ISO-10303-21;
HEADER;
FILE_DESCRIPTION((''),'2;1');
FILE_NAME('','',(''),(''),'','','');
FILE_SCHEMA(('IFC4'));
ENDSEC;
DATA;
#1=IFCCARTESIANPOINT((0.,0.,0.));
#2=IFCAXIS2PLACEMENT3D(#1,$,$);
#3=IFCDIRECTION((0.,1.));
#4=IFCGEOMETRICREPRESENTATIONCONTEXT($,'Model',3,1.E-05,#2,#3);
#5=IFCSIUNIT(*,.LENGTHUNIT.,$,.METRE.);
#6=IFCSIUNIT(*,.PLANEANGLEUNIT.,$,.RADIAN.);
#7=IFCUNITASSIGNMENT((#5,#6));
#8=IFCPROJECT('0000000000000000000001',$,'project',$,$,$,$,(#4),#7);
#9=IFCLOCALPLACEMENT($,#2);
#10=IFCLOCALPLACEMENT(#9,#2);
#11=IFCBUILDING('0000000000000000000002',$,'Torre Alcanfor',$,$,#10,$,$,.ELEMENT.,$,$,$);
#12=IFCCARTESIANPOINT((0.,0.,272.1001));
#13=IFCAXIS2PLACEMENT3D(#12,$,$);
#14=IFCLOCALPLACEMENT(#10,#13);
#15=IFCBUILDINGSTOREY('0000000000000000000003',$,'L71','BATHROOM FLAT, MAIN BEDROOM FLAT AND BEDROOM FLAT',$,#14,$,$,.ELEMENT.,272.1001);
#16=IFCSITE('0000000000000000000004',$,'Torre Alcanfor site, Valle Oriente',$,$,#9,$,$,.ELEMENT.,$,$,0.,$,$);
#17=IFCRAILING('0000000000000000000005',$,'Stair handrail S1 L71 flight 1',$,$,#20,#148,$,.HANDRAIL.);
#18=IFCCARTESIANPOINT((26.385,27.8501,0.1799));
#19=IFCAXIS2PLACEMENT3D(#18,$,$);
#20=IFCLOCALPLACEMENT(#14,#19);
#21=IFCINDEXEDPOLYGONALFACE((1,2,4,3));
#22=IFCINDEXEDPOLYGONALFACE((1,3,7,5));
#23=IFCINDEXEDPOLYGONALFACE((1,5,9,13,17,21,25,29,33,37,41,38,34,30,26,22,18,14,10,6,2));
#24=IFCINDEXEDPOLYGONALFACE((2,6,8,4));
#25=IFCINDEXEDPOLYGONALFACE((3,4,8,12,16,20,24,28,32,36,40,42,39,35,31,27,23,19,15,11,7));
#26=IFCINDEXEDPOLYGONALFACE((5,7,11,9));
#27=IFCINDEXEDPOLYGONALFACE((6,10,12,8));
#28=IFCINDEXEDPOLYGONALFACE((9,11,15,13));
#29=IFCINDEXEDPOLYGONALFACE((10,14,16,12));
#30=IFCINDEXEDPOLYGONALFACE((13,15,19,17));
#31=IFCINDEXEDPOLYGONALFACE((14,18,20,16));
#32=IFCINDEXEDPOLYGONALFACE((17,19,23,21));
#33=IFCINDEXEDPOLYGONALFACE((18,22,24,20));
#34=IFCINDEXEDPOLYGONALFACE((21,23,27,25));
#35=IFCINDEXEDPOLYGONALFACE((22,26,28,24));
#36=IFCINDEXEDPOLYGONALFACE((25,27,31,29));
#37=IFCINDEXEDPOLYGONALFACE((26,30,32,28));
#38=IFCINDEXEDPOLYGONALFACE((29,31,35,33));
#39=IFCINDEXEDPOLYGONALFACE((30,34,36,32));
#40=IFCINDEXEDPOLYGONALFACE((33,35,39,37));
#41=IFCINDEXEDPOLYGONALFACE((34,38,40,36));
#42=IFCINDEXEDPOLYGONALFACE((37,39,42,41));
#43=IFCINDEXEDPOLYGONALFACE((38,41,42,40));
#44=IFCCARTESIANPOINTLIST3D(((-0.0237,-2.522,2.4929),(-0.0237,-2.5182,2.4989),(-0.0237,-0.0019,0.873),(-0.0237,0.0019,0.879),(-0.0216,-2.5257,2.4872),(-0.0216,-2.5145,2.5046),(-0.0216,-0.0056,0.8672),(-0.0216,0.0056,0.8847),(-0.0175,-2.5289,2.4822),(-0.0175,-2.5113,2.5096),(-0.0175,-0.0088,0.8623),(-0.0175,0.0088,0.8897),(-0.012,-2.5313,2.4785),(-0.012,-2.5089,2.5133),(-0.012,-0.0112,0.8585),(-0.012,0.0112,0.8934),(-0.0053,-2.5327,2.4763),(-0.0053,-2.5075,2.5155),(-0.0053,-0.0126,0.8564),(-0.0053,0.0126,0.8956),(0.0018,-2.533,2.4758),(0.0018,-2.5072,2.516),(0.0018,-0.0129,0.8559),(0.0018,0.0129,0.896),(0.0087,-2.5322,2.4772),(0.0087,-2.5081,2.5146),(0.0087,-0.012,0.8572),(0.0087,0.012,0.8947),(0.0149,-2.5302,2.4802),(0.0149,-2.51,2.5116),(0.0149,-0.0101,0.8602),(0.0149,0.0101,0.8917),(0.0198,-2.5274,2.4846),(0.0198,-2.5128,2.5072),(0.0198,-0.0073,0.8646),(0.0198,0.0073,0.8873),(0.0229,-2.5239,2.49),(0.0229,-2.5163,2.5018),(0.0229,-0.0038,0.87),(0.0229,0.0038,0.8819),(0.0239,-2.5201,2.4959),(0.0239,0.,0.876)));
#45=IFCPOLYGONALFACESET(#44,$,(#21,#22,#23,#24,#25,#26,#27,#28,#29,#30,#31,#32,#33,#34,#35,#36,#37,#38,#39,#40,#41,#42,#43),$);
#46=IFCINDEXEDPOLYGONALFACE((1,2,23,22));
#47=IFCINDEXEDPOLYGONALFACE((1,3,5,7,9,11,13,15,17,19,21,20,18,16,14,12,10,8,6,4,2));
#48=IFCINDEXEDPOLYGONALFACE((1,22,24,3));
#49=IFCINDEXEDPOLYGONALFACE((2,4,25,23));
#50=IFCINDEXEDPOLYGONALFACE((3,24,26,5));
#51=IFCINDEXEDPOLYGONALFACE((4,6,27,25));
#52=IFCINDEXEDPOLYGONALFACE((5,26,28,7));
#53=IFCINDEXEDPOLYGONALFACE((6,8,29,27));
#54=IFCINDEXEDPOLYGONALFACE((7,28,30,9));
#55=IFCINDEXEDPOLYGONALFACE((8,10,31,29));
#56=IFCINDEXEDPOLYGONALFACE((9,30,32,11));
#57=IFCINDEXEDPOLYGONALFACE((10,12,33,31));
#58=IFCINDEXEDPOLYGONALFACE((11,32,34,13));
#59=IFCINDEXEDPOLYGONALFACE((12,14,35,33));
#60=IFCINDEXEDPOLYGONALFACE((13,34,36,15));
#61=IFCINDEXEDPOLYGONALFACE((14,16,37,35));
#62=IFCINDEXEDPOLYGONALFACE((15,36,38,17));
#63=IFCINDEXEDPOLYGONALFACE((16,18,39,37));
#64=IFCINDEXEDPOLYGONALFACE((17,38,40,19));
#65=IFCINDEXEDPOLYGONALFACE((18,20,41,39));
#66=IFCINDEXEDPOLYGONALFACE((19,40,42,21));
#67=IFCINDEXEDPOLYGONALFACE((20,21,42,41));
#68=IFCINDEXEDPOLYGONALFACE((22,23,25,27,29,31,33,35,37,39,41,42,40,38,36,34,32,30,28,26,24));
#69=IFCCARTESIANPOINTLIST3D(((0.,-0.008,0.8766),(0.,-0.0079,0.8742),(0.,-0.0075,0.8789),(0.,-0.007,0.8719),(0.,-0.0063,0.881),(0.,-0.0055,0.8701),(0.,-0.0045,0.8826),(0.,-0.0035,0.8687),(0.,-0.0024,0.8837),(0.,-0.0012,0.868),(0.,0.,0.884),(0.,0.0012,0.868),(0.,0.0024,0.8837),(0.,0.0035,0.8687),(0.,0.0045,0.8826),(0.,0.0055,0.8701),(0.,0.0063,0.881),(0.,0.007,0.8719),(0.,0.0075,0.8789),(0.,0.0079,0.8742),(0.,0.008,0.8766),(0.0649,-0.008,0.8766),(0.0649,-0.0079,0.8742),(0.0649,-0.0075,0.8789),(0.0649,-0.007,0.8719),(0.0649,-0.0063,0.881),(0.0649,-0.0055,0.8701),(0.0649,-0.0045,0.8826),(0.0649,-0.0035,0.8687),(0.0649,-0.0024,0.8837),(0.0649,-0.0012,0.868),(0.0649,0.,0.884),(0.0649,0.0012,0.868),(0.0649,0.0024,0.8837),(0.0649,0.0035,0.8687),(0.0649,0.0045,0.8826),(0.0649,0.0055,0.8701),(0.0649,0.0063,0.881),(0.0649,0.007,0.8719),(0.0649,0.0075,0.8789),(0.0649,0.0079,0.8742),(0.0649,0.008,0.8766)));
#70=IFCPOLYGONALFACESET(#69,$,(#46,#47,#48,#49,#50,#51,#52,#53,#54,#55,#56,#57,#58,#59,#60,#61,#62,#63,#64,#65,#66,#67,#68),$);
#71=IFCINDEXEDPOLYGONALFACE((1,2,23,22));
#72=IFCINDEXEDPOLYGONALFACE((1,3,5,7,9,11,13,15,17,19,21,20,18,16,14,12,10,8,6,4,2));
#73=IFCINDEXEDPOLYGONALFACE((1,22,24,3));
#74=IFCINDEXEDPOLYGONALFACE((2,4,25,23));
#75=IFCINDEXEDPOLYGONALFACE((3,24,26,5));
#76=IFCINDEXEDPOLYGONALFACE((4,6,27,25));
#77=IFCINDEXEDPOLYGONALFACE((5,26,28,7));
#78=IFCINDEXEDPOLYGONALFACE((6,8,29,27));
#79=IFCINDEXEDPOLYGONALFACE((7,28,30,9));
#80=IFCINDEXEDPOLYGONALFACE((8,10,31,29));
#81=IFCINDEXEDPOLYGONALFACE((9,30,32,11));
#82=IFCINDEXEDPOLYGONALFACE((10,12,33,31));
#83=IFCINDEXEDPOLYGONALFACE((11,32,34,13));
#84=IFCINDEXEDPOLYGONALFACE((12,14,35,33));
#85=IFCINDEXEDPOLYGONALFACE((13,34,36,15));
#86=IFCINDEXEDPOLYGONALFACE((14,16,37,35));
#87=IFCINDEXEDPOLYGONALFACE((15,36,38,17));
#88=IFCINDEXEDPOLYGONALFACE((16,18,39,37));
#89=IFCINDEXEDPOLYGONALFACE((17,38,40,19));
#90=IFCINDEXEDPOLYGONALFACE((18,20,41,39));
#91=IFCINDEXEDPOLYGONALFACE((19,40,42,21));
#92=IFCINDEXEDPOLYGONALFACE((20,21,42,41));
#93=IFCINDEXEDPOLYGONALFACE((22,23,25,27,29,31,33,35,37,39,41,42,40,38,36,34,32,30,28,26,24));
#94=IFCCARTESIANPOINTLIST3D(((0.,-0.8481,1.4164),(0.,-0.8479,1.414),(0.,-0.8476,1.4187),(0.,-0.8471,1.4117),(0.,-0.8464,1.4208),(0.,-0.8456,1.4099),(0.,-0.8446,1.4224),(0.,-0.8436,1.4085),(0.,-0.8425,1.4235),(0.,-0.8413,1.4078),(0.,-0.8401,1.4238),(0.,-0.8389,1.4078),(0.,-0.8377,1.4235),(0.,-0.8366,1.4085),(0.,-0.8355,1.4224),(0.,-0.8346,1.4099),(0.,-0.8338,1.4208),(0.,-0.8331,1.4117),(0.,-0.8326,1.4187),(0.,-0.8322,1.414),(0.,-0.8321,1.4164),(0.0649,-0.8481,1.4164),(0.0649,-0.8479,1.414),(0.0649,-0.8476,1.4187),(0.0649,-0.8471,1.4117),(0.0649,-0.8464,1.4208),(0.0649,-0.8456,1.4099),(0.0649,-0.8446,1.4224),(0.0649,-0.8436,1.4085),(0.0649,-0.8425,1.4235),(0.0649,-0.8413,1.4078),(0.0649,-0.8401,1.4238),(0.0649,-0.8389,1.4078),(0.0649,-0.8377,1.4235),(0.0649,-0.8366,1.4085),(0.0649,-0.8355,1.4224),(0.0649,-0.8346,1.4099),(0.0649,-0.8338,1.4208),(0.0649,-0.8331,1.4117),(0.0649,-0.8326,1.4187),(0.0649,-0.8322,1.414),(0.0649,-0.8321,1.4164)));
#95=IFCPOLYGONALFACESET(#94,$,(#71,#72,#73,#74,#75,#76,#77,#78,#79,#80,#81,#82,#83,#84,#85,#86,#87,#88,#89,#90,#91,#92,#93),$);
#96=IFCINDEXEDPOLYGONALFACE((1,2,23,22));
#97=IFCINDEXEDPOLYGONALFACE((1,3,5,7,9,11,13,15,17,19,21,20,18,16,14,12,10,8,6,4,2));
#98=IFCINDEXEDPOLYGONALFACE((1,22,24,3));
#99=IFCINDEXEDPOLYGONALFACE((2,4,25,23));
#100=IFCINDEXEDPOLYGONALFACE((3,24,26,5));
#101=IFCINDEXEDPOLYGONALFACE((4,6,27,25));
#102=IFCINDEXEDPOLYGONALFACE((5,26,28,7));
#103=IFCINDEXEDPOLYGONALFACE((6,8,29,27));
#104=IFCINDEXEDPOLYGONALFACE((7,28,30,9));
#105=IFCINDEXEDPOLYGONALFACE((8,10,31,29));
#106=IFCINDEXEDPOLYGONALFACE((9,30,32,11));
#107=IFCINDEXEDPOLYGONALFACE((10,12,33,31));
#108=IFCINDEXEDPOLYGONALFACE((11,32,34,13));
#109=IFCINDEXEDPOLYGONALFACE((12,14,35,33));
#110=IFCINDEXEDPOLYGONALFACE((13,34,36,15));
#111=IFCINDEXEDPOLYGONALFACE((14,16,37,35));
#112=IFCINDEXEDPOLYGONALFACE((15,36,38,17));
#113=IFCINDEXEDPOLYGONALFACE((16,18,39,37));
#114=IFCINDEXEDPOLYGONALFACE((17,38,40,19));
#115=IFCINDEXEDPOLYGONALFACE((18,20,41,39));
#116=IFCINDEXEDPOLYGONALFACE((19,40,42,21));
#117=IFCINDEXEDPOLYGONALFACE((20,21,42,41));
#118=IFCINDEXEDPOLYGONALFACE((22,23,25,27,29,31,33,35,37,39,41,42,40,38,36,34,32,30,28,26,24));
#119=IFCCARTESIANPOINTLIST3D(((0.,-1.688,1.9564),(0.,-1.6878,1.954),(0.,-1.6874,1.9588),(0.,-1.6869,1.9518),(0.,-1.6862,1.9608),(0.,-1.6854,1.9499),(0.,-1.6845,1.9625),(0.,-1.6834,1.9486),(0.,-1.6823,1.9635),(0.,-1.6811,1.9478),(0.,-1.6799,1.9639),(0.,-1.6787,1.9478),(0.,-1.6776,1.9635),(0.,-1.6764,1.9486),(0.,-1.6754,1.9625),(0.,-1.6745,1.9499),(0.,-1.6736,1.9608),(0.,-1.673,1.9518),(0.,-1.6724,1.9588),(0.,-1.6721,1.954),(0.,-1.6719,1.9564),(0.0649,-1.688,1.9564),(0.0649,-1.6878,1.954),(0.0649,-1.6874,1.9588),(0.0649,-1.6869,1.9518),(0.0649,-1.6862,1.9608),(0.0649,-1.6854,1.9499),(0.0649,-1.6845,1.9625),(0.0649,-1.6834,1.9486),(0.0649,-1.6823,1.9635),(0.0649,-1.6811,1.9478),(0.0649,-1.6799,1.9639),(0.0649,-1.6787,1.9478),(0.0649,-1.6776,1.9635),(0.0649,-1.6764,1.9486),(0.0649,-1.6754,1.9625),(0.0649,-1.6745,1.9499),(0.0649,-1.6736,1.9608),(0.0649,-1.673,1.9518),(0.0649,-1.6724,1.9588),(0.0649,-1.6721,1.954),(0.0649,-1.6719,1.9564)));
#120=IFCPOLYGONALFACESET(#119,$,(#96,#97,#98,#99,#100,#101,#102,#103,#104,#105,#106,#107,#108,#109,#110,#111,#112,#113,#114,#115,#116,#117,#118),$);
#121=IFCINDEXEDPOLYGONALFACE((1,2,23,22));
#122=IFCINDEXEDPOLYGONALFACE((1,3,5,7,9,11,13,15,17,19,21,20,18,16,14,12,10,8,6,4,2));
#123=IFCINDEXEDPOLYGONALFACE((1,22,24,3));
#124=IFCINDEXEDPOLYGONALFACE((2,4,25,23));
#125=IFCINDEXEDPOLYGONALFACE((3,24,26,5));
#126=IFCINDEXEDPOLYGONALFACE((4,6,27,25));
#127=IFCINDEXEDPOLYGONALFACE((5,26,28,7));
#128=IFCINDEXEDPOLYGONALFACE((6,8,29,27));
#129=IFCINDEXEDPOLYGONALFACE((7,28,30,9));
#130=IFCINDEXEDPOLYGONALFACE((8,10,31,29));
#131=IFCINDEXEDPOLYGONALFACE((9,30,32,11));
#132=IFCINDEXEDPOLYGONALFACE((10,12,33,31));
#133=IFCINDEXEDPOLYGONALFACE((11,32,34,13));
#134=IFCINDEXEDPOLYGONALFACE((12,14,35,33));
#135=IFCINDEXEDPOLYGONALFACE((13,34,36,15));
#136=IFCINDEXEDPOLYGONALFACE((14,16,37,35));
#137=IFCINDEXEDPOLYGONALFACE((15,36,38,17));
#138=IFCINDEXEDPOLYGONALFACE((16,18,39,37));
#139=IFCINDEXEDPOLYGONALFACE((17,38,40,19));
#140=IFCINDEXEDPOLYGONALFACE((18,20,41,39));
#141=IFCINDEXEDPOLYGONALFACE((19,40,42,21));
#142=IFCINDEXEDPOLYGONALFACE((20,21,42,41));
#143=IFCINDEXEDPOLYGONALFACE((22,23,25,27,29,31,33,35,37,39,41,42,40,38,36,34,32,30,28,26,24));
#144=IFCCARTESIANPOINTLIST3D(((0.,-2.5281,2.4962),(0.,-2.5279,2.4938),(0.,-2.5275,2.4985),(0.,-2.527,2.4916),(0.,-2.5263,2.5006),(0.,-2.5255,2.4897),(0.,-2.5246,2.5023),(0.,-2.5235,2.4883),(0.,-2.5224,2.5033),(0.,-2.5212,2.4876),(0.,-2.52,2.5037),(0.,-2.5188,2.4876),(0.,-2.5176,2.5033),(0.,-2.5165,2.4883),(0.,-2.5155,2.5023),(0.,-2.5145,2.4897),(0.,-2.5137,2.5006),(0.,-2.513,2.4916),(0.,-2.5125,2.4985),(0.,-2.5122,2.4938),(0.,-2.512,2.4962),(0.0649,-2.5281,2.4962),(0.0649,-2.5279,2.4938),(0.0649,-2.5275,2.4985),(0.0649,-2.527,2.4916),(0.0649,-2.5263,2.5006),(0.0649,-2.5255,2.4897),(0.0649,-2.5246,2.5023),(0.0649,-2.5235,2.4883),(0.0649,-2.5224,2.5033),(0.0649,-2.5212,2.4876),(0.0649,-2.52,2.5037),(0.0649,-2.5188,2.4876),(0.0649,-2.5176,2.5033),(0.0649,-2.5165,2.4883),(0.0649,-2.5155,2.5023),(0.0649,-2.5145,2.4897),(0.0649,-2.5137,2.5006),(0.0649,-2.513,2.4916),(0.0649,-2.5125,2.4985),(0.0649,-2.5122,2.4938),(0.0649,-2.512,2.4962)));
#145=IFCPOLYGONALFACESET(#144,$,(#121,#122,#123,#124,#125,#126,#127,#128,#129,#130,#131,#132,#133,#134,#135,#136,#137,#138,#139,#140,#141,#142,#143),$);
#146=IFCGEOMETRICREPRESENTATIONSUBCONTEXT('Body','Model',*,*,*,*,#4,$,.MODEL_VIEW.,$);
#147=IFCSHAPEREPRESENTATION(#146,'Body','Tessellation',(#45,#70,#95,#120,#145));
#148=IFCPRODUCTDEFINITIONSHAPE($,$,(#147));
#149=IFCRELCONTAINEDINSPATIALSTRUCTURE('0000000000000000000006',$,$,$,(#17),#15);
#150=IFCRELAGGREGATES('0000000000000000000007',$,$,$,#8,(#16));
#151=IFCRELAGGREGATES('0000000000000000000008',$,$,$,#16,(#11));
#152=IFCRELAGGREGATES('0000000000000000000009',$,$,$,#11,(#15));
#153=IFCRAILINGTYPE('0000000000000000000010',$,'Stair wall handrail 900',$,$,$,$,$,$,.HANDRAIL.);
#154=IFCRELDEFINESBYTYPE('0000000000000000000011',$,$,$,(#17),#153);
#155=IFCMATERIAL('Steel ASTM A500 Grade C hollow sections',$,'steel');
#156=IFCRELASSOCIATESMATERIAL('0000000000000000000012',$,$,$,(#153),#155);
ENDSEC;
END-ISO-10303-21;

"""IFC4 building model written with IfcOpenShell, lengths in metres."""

from ifc_helpers import new_model, si_unit, direction, frame, origin, origin_2d, place, context, subcontext, project, spatial, circle, extrude, material, type_object, element, save


model = new_model("IFC4")

# Units and contexts
model_context = context("Model", 3, precision=1e-05, world=origin(), true_north=direction((0.0, 1.0)))
body_context = subcontext(model_context, "Body", "Model", "MODEL_VIEW")
ifc_project = project(units=[si_unit("LENGTHUNIT", "METRE"), si_unit("PLANEANGLEUNIT", "RADIAN")], contexts=[model_context])

# Site, building, storey
site_placement = place(None, origin())
site = spatial("IfcSite", under=ifc_project, at=site_placement, Name="Torre Alcanfor site, Valle Oriente", CompositionType="ELEMENT", RefElevation=0.0)
building_placement = place(site_placement, origin())
building = spatial("IfcBuilding", under=site, at=building_placement, Name="Torre Alcanfor", CompositionType="ELEMENT")
storey_placement = place(building_placement, frame((0.0, 0.0, 272.1001)))
storey = spatial("IfcBuildingStorey", under=building, at=storey_placement, Name="L71", Description="BATHROOM FLAT, MAIN BEDROOM FLAT AND BEDROOM FLAT", CompositionType="ELEMENT", Elevation=272.1001)

# Railing
ifc_material_1 = material(Name="Steel ASTM A500 Grade C hollow sections", Category="steel")
railing_type_1 = type_object("IfcRailingType", Name="Stair wall handrail 900", PredefinedType="HANDRAIL", material=ifc_material_1)
railing_1_placement = place(storey_placement, frame((26.385, 27.8501, 0.1799)))
element("IfcRailing", 1, at=railing_1_placement, inside=storey, type_object=railing_type_1, Name="Stair handrail S1 L71 flight 1", PredefinedType="HANDRAIL", context=body_context, shape_type="SweptSolid", body=[
    extrude(circle(Radius=0.0239, at=origin_2d()), frame((0.0, 0.0, 0.876), z_axis=(0.0, -0.8412, 0.540725), x_axis=(1.0, 0.0, 0.0)), (0.0, 0.0, 1.0), 2.9958),
    extrude(circle(Radius=0.0081, at=origin_2d()), frame((0.0, 0.0, 0.876), z_axis=(1.0, 0.0, 0.0), x_axis=(0.0, 0.0, 1.0)), (0.0, 0.0, 1.0), 0.0649),
    extrude(circle(Radius=0.0081, at=origin_2d()), frame((0.0, -0.8401, 1.4158), z_axis=(1.0, 0.0, 0.0), x_axis=(0.0, 0.0, 1.0)), (0.0, 0.0, 1.0), 0.0649),
    extrude(circle(Radius=0.0081, at=origin_2d()), frame((0.0, -1.6799, 1.9558), z_axis=(1.0, 0.0, 0.0), x_axis=(0.0, 0.0, 1.0)), (0.0, 0.0, 1.0), 0.0649),
    extrude(circle(Radius=0.0081, at=origin_2d()), frame((0.0, -2.52, 2.4956), z_axis=(1.0, 0.0, 0.0), x_axis=(0.0, 0.0, 1.0)), (0.0, 0.0, 1.0), 0.0649),
])

save(model, "model.ifc")
